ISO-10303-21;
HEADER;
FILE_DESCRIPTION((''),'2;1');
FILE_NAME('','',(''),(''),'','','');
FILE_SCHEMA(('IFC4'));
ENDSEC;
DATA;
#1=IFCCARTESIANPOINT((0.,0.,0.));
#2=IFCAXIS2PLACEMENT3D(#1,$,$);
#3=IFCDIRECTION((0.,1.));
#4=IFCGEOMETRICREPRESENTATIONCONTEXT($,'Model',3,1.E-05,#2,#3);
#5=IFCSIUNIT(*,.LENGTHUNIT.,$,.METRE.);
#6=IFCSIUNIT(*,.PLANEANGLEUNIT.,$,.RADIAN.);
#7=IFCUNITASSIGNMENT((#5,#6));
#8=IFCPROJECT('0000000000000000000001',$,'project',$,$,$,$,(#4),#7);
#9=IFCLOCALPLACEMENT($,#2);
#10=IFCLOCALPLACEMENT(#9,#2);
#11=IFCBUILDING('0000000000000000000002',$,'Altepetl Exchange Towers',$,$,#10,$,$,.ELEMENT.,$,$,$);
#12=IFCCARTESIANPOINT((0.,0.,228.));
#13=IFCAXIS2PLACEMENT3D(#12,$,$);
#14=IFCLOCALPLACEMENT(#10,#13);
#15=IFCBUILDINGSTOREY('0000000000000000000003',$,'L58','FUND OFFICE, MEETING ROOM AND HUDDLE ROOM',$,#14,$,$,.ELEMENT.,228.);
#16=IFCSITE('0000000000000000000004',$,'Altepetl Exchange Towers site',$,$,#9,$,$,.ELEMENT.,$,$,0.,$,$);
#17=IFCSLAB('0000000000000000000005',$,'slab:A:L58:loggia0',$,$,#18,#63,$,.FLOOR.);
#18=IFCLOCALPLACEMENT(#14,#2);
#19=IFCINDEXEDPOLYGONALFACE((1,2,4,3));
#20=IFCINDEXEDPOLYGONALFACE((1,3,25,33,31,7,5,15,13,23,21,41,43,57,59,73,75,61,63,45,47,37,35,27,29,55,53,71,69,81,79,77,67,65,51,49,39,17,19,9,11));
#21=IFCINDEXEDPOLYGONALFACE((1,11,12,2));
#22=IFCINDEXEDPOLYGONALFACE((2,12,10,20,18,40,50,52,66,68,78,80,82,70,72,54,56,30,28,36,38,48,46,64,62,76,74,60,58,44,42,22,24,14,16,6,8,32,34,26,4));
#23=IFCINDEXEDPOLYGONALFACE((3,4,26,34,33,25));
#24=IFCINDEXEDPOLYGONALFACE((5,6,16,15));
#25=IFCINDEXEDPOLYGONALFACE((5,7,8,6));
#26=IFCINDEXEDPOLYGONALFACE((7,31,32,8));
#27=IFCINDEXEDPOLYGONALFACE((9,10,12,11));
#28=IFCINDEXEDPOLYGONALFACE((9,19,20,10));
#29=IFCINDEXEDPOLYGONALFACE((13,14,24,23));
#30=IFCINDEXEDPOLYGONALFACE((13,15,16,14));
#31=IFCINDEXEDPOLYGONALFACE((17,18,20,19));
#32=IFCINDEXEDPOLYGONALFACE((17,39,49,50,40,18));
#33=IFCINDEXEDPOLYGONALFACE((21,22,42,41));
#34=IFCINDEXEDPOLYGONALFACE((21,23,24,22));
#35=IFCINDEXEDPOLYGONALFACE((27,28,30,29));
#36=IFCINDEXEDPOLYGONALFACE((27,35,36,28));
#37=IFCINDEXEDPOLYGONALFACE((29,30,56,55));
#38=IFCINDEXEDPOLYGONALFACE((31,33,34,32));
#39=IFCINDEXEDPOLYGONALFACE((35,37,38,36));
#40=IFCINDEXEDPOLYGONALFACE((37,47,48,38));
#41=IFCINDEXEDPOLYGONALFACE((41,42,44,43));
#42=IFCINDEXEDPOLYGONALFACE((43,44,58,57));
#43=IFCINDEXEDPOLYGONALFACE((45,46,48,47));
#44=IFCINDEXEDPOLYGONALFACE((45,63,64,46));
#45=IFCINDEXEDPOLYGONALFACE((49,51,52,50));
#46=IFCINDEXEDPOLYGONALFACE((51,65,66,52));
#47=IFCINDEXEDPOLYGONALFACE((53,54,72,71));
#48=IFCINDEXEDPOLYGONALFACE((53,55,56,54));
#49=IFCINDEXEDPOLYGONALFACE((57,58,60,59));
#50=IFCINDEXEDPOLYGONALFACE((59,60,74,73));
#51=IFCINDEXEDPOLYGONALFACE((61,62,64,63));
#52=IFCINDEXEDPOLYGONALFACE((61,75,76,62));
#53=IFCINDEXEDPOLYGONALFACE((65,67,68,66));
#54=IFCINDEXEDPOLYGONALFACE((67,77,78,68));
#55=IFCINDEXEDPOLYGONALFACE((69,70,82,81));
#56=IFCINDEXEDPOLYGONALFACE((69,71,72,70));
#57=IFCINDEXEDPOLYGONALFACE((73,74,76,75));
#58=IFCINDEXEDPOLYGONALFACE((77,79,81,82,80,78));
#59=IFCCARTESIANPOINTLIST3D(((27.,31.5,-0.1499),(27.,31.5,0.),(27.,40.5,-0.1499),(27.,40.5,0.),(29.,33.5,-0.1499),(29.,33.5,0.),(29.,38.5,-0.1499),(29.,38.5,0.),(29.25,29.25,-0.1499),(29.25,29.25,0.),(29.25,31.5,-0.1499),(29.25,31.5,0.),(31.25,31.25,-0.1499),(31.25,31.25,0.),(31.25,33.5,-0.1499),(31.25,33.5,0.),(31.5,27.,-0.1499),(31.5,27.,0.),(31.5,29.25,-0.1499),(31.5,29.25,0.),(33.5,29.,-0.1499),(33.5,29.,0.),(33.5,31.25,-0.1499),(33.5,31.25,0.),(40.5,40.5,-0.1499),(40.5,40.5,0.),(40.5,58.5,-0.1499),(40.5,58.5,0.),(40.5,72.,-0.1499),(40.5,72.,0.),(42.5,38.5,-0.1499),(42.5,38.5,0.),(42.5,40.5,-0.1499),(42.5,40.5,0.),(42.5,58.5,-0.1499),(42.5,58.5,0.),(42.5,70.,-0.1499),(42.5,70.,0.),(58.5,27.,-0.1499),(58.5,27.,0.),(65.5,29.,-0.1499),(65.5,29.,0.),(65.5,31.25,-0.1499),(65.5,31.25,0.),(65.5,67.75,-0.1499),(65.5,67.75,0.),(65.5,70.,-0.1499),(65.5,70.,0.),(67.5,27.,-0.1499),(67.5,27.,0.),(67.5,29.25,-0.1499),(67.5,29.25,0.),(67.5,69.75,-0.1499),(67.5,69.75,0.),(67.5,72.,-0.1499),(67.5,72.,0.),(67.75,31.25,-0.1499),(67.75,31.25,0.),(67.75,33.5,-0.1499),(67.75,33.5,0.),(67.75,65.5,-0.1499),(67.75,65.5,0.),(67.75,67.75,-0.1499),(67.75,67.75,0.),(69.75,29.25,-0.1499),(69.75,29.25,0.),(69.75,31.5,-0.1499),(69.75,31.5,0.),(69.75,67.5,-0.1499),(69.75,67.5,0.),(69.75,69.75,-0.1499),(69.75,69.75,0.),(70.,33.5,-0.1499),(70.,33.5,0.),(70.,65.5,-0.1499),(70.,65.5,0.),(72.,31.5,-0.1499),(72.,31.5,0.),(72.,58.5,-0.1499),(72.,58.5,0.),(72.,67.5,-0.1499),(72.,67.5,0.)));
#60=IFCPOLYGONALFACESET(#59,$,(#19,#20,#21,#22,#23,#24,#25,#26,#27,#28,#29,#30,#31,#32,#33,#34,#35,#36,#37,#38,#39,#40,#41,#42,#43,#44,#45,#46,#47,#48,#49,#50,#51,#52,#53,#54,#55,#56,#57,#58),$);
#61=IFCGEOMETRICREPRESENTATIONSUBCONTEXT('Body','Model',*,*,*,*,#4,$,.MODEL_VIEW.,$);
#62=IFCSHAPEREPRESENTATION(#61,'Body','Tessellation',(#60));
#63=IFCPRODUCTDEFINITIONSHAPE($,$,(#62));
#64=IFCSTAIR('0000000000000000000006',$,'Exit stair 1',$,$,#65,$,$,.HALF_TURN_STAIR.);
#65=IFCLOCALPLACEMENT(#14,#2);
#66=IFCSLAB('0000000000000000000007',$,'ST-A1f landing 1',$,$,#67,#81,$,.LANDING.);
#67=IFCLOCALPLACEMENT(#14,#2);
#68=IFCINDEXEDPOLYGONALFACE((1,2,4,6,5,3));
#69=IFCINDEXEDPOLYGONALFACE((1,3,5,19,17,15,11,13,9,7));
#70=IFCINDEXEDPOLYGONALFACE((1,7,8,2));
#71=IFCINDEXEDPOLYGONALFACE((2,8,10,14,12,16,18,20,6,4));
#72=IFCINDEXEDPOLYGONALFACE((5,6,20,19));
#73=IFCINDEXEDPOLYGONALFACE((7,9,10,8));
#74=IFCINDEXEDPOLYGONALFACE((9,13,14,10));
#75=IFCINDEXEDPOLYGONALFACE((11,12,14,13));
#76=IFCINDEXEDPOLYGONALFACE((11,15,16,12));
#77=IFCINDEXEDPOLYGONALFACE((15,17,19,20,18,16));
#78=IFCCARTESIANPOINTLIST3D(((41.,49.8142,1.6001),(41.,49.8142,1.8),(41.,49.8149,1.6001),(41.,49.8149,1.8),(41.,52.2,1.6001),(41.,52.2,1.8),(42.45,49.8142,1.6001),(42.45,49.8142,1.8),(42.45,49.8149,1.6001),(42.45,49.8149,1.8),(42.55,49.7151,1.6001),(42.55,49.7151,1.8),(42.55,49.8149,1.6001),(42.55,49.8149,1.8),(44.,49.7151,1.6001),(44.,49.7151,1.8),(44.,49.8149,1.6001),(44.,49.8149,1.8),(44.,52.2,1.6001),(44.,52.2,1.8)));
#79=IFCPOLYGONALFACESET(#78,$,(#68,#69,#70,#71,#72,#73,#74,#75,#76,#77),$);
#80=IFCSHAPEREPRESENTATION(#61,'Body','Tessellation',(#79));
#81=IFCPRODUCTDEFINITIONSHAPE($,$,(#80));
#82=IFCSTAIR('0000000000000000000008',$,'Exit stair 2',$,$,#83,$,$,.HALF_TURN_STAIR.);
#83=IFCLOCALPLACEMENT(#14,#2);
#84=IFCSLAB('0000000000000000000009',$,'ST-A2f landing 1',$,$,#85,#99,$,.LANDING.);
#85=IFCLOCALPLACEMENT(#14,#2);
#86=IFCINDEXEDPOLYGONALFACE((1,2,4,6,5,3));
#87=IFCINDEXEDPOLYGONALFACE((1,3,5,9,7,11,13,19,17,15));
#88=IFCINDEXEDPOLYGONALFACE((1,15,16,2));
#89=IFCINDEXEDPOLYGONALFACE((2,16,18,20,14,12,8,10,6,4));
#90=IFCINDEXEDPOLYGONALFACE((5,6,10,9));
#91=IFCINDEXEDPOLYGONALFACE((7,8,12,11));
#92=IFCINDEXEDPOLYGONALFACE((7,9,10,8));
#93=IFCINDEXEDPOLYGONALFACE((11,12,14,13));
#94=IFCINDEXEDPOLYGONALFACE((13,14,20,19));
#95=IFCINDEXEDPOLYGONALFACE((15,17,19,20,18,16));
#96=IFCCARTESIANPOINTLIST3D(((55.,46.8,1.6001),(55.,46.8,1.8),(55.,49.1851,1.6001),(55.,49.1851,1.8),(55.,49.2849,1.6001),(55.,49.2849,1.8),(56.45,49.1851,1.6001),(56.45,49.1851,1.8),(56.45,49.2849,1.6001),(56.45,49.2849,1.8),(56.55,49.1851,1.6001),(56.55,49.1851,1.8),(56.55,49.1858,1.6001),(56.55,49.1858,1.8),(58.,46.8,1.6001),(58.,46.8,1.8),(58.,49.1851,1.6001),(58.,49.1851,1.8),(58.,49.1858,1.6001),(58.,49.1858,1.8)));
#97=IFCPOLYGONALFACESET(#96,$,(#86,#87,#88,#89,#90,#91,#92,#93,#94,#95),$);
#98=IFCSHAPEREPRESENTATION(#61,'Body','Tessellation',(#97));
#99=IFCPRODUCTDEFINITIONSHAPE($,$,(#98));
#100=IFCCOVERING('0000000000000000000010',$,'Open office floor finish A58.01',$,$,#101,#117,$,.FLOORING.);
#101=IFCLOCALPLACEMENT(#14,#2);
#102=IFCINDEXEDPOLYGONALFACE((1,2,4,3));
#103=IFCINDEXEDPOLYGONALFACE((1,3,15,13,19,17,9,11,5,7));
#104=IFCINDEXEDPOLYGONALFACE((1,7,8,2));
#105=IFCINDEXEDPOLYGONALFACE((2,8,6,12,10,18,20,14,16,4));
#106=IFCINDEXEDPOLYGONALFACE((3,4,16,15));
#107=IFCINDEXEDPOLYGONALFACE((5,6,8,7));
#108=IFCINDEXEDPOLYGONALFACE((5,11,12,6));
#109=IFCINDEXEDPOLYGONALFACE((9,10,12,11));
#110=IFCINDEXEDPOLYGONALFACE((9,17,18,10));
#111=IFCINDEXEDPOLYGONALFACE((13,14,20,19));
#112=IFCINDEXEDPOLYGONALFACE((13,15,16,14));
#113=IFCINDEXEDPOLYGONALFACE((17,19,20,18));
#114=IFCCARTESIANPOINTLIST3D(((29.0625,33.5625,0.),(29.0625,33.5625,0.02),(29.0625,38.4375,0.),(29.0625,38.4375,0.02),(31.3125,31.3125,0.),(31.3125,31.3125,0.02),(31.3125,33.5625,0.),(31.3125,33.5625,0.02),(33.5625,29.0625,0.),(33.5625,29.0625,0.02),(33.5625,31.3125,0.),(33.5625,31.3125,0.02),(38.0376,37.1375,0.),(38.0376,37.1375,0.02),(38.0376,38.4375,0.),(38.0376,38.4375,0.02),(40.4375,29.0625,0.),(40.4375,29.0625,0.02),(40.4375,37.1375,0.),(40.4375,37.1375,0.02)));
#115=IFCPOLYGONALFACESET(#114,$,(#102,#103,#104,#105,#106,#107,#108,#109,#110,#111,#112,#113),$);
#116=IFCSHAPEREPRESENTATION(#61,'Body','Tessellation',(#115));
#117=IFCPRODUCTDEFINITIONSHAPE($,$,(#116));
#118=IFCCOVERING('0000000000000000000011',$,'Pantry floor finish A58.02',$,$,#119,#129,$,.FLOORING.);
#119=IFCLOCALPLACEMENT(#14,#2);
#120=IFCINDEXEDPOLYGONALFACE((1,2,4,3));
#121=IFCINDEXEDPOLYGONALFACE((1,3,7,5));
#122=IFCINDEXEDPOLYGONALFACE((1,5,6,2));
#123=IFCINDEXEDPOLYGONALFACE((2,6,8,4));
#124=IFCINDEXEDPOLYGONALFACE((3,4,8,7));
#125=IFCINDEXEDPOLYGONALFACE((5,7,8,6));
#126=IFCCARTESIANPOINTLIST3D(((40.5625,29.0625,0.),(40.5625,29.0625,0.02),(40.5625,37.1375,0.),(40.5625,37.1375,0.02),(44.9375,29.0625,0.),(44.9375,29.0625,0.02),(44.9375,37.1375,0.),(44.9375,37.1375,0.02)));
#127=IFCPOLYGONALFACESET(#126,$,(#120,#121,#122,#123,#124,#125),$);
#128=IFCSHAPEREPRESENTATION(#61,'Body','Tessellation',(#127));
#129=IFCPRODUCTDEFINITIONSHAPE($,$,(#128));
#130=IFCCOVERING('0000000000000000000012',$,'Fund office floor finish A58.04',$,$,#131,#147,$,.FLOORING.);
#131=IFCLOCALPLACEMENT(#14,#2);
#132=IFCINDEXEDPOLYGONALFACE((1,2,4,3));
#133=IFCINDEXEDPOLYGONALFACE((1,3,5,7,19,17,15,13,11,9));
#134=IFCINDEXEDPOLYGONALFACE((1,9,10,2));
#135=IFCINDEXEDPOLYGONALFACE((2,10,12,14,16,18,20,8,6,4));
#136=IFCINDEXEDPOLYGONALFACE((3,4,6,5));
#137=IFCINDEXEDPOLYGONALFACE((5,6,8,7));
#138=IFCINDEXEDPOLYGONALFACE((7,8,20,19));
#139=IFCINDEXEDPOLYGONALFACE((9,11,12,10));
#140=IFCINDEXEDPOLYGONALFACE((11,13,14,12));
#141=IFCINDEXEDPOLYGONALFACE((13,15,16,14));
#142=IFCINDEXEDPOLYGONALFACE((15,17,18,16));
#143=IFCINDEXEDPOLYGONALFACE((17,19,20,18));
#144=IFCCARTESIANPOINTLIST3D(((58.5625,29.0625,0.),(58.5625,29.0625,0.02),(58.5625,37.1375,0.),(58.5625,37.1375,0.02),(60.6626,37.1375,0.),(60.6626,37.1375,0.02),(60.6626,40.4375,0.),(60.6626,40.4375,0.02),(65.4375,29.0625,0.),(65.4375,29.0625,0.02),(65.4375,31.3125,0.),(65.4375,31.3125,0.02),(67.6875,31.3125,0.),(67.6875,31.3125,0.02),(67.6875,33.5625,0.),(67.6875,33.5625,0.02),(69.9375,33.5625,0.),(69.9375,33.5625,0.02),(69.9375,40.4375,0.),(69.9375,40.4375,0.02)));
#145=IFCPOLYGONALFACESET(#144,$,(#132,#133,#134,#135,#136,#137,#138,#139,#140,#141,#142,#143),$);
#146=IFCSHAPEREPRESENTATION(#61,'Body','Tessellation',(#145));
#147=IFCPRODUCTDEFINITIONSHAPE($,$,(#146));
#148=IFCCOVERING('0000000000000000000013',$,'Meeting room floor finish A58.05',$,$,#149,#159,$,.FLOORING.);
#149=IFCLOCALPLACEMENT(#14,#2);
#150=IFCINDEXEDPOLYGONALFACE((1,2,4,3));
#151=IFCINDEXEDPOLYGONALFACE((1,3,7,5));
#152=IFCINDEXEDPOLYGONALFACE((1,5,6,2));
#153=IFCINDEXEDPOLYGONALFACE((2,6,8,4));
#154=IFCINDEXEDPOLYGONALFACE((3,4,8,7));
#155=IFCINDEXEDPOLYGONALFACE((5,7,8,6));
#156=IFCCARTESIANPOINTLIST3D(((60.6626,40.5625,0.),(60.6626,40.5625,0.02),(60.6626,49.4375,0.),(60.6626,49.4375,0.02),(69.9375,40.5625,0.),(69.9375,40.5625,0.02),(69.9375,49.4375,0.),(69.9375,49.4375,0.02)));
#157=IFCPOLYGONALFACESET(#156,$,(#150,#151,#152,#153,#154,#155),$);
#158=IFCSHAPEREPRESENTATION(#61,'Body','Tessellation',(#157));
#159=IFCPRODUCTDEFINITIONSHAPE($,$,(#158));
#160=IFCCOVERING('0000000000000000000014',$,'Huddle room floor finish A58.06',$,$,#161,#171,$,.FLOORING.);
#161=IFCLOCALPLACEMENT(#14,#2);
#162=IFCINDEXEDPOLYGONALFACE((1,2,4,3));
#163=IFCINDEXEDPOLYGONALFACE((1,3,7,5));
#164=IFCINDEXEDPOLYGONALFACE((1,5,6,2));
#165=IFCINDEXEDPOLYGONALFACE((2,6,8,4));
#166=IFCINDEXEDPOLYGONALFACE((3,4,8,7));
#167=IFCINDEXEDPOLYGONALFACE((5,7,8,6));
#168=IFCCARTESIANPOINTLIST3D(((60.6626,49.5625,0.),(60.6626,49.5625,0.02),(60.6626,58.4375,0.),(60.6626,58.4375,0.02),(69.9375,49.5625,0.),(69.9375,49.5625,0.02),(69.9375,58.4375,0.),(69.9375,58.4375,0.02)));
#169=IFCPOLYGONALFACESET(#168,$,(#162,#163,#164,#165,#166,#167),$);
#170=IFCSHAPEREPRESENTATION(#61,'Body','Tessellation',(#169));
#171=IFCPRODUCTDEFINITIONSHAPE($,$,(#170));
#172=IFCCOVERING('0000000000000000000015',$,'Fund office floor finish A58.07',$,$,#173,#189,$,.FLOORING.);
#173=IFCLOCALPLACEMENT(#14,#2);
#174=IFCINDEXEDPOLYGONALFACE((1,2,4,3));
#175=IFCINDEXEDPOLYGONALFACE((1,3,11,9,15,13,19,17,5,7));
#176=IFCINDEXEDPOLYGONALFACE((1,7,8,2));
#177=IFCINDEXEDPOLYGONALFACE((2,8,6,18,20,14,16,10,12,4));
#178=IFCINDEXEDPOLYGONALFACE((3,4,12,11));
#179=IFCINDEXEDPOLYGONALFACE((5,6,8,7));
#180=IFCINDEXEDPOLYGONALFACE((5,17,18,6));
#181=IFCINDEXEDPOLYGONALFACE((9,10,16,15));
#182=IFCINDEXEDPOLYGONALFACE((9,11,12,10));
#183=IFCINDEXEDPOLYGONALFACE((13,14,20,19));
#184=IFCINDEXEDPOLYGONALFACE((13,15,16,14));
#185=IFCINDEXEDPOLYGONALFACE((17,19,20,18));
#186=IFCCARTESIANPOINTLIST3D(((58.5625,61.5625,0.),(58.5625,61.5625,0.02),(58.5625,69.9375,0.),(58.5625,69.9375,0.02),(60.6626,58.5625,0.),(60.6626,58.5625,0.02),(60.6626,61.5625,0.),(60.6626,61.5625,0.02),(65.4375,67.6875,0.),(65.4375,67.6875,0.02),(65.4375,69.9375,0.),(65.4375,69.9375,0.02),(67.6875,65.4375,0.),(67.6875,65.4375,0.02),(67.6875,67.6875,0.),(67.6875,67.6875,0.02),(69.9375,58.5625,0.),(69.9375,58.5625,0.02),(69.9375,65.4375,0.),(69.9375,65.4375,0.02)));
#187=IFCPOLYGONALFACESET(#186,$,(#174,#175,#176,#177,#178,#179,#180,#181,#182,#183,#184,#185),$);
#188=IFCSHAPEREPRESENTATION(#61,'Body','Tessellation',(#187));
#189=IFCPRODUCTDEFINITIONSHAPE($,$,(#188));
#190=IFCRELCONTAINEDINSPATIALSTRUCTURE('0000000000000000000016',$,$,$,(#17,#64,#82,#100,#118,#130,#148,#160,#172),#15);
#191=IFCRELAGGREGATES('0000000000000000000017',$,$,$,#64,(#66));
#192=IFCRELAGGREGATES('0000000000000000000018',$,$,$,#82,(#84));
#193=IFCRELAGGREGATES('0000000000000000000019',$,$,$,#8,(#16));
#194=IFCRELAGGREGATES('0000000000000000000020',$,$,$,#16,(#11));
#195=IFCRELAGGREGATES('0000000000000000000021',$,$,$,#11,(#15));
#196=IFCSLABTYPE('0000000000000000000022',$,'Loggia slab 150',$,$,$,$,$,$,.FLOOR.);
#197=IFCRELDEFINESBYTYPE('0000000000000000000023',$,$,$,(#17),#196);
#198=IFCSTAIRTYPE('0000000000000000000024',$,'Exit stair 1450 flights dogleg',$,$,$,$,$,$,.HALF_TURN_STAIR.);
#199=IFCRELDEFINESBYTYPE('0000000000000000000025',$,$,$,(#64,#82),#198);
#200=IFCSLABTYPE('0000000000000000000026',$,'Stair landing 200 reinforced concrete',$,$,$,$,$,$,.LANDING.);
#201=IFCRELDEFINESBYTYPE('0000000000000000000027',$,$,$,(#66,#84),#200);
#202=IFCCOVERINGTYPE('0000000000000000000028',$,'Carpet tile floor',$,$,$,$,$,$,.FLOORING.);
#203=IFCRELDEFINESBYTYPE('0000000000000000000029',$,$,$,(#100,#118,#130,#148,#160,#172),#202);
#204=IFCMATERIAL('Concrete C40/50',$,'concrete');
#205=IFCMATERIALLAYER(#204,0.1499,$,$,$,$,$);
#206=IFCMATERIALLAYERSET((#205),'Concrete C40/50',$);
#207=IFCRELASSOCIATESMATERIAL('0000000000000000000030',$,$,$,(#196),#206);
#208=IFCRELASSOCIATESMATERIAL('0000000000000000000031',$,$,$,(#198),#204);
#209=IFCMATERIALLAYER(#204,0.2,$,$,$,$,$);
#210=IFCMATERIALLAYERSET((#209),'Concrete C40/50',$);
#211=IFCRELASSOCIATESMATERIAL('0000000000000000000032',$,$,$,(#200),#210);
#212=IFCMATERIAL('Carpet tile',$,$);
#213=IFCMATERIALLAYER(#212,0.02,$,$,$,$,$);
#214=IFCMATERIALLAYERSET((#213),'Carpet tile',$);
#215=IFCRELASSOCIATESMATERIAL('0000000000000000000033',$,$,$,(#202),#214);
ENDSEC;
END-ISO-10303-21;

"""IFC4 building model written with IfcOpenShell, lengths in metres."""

from ifc_helpers import new_model, si_unit, direction, frame, origin, place, context, subcontext, project, spatial, polyline, outline, extrude, material, layer, layer_set, type_object, element, aggregate, save


model = new_model("IFC4")

# Units and contexts
model_context = context("Model", 3, precision=1e-05, world=origin(), true_north=direction((0.0, 1.0)))
body_context = subcontext(model_context, "Body", "Model", "MODEL_VIEW")
ifc_project = project(units=[si_unit("LENGTHUNIT", "METRE"), si_unit("PLANEANGLEUNIT", "RADIAN")], contexts=[model_context])

# Site, building, storey
site_placement = place(None, origin())
site = spatial("IfcSite", under=ifc_project, at=site_placement, Name="Altepetl Exchange Towers site", CompositionType="ELEMENT", RefElevation=0.0)
building_placement = place(site_placement, origin())
building = spatial("IfcBuilding", under=site, at=building_placement, Name="Altepetl Exchange Towers", CompositionType="ELEMENT")
storey_placement = place(building_placement, frame((0.0, 0.0, 228.0)))
storey = spatial("IfcBuildingStorey", under=building, at=storey_placement, Name="L58", Description="FUND OFFICE, MEETING ROOM AND HUDDLE ROOM", CompositionType="ELEMENT", Elevation=228.0)

# Shared definitions
ifc_material_1 = material(Name="Concrete C40/50", Category="concrete")

# Slab
ifc_layer_1 = layer(ifc_material_1, 0.1499)
ifc_layer_set_1 = layer_set([ifc_layer_1], Name="Concrete C40/50")
slab_type_1 = type_object("IfcSlabType", Name="Loggia slab 150", PredefinedType="FLOOR", material=ifc_layer_set_1)
slab_1_placement = place(storey_placement, frame((0.0, 0.0, -0.1499)))
element("IfcSlab", 1, at=slab_1_placement, inside=storey, type_object=slab_type_1, Name="slab:A:L58:loggia0", PredefinedType="FLOOR", context=body_context, shape_type="SweptSolid", body=[
    extrude(outline(polyline([(40.5, 72.0), (40.5, 58.5), (42.5, 58.5), (42.5, 70.0), (65.5, 70.0), (65.5, 67.75), (67.75, 67.75), (67.75, 65.5), (70.0, 65.5), (70.0, 33.5), (67.75, 33.5), (67.75, 31.25), (65.5, 31.25), (65.5, 29.0), (33.5, 29.0), (33.5, 31.25), (31.25, 31.25), (31.25, 33.5), (29.0, 33.5), (29.0, 38.5), (42.5, 38.5), (42.5, 40.5), (40.5, 40.5), (27.0, 40.5), (27.0, 31.5), (29.25, 31.5), (29.25, 29.25), (31.5, 29.25), (31.5, 27.0), (58.5, 27.0), (67.5, 27.0), (67.5, 29.25), (69.75, 29.25), (69.75, 31.5), (72.0, 31.5), (72.0, 58.5), (72.0, 67.5), (69.75, 67.5), (69.75, 69.75), (67.5, 69.75), (67.5, 72.0), (40.5, 72.0)])), origin(), (0.0, 0.0, 1.0), 0.1499),
])

# Stairs, slabs
stair_type = type_object("IfcStairType", Name="Exit stair 1450 flights dogleg", PredefinedType="HALF_TURN_STAIR", material=ifc_material_1)
stair_1_placement = place(storey_placement, origin())
stair_1 = element("IfcStair", 2, at=stair_1_placement, inside=storey, type_object=stair_type, Name="Exit stair 1", PredefinedType="HALF_TURN_STAIR")
ifc_layer_2 = layer(ifc_material_1, 0.2)
ifc_layer_set_2 = layer_set([ifc_layer_2], Name="Concrete C40/50")
slab_type_2 = type_object("IfcSlabType", Name="Stair landing 200 reinforced concrete", PredefinedType="LANDING", material=ifc_layer_set_2)
slab_2_placement = place(storey_placement, frame((0.0, 0.0, 1.6001)))
slab_2 = element("IfcSlab", 3, at=slab_2_placement, type_object=slab_type_2, Name="ST-A1f landing 1", PredefinedType="LANDING", context=body_context, shape_type="SweptSolid", body=[
    extrude(outline(polyline([(44.0, 49.7151), (42.55, 49.7151), (42.55, 49.8149), (42.45, 49.8149), (42.45, 49.8142), (41.0, 49.8142), (41.0, 49.8149), (41.0, 52.2), (44.0, 52.2), (44.0, 49.8149), (44.0, 49.7151)])), origin(), (0.0, 0.0, 1.0), 0.2),
])
aggregate(stair_1, [slab_2])
stair_2_placement = place(storey_placement, origin())
stair_2 = element("IfcStair", 4, at=stair_2_placement, inside=storey, type_object=stair_type, Name="Exit stair 2", PredefinedType="HALF_TURN_STAIR")
slab_3_placement = place(storey_placement, frame((0.0, 0.0, 1.6001)))
slab_3 = element("IfcSlab", 5, at=slab_3_placement, type_object=slab_type_2, Name="ST-A2f landing 1", PredefinedType="LANDING", context=body_context, shape_type="SweptSolid", body=[
    extrude(outline(polyline([(58.0, 46.8), (55.0, 46.8), (55.0, 49.1851), (55.0, 49.2849), (56.45, 49.2849), (56.45, 49.1851), (56.55, 49.1851), (56.55, 49.1858), (58.0, 49.1858), (58.0, 49.1851), (58.0, 46.8)])), origin(), (0.0, 0.0, 1.0), 0.2),
])
aggregate(stair_2, [slab_3])

# Coverings
ifc_material_2 = material(Name="Carpet tile")
ifc_layer_3 = layer(ifc_material_2, 0.02)
ifc_layer_set_3 = layer_set([ifc_layer_3], Name="Carpet tile")
covering_type_1 = type_object("IfcCoveringType", Name="Carpet tile floor", PredefinedType="FLOORING", material=ifc_layer_set_3)
covering_1_placement = place(storey_placement, origin())
element("IfcCovering", 6, at=covering_1_placement, inside=storey, type_object=covering_type_1, Name="Open office floor finish A58.01", PredefinedType="FLOORING", context=body_context, shape_type="SweptSolid", body=[
    extrude(outline(polyline([(33.5625, 31.3125), (33.5625, 29.0625), (40.4375, 29.0625), (40.4375, 37.1375), (38.0376, 37.1375), (38.0376, 38.4375), (29.0625, 38.4375), (29.0625, 33.5625), (31.3125, 33.5625), (31.3125, 31.3125), (33.5625, 31.3125)])), origin(), (0.0, 0.0, 1.0), 0.02),
])
covering_2_placement = place(storey_placement, origin())
element("IfcCovering", 7, at=covering_2_placement, inside=storey, type_object=covering_type_1, Name="Pantry floor finish A58.02", PredefinedType="FLOORING", context=body_context, shape_type="SweptSolid", body=[
    extrude(outline(polyline([(40.5625, 37.1375), (40.5625, 29.0625), (44.9375, 29.0625), (44.9375, 37.1375), (40.5625, 37.1375)])), origin(), (0.0, 0.0, 1.0), 0.02),
])
covering_3_placement = place(storey_placement, origin())
element("IfcCovering", 8, at=covering_3_placement, inside=storey, type_object=covering_type_1, Name="Fund office floor finish A58.04", PredefinedType="FLOORING", context=body_context, shape_type="SweptSolid", body=[
    extrude(outline(polyline([(58.5625, 37.1375), (58.5625, 29.0625), (65.4375, 29.0625), (65.4375, 31.3125), (67.6875, 31.3125), (67.6875, 33.5625), (69.9375, 33.5625), (69.9375, 40.4375), (60.6626, 40.4375), (60.6626, 37.1375), (58.5625, 37.1375)])), origin(), (0.0, 0.0, 1.0), 0.02),
])
covering_4_placement = place(storey_placement, origin())
element("IfcCovering", 9, at=covering_4_placement, inside=storey, type_object=covering_type_1, Name="Meeting room floor finish A58.05", PredefinedType="FLOORING", context=body_context, shape_type="SweptSolid", body=[
    extrude(outline(polyline([(60.6626, 40.5625), (69.9375, 40.5625), (69.9375, 49.4375), (60.6626, 49.4375), (60.6626, 40.5625)])), origin(), (0.0, 0.0, 1.0), 0.02),
])
covering_5_placement = place(storey_placement, origin())
element("IfcCovering", 10, at=covering_5_placement, inside=storey, type_object=covering_type_1, Name="Huddle room floor finish A58.06", PredefinedType="FLOORING", context=body_context, shape_type="SweptSolid", body=[
    extrude(outline(polyline([(60.6626, 49.5625), (69.9375, 49.5625), (69.9375, 58.4375), (60.6626, 58.4375), (60.6626, 49.5625)])), origin(), (0.0, 0.0, 1.0), 0.02),
])
covering_6_placement = place(storey_placement, origin())
element("IfcCovering", 11, at=covering_6_placement, inside=storey, type_object=covering_type_1, Name="Fund office floor finish A58.07", PredefinedType="FLOORING", context=body_context, shape_type="SweptSolid", body=[
    extrude(outline(polyline([(60.6626, 58.5625), (69.9375, 58.5625), (69.9375, 65.4375), (67.6875, 65.4375), (67.6875, 67.6875), (65.4375, 67.6875), (65.4375, 69.9375), (58.5625, 69.9375), (58.5625, 61.5625), (60.6626, 61.5625), (60.6626, 58.5625)])), origin(), (0.0, 0.0, 1.0), 0.02),
])

save(model, "model.ifc")
